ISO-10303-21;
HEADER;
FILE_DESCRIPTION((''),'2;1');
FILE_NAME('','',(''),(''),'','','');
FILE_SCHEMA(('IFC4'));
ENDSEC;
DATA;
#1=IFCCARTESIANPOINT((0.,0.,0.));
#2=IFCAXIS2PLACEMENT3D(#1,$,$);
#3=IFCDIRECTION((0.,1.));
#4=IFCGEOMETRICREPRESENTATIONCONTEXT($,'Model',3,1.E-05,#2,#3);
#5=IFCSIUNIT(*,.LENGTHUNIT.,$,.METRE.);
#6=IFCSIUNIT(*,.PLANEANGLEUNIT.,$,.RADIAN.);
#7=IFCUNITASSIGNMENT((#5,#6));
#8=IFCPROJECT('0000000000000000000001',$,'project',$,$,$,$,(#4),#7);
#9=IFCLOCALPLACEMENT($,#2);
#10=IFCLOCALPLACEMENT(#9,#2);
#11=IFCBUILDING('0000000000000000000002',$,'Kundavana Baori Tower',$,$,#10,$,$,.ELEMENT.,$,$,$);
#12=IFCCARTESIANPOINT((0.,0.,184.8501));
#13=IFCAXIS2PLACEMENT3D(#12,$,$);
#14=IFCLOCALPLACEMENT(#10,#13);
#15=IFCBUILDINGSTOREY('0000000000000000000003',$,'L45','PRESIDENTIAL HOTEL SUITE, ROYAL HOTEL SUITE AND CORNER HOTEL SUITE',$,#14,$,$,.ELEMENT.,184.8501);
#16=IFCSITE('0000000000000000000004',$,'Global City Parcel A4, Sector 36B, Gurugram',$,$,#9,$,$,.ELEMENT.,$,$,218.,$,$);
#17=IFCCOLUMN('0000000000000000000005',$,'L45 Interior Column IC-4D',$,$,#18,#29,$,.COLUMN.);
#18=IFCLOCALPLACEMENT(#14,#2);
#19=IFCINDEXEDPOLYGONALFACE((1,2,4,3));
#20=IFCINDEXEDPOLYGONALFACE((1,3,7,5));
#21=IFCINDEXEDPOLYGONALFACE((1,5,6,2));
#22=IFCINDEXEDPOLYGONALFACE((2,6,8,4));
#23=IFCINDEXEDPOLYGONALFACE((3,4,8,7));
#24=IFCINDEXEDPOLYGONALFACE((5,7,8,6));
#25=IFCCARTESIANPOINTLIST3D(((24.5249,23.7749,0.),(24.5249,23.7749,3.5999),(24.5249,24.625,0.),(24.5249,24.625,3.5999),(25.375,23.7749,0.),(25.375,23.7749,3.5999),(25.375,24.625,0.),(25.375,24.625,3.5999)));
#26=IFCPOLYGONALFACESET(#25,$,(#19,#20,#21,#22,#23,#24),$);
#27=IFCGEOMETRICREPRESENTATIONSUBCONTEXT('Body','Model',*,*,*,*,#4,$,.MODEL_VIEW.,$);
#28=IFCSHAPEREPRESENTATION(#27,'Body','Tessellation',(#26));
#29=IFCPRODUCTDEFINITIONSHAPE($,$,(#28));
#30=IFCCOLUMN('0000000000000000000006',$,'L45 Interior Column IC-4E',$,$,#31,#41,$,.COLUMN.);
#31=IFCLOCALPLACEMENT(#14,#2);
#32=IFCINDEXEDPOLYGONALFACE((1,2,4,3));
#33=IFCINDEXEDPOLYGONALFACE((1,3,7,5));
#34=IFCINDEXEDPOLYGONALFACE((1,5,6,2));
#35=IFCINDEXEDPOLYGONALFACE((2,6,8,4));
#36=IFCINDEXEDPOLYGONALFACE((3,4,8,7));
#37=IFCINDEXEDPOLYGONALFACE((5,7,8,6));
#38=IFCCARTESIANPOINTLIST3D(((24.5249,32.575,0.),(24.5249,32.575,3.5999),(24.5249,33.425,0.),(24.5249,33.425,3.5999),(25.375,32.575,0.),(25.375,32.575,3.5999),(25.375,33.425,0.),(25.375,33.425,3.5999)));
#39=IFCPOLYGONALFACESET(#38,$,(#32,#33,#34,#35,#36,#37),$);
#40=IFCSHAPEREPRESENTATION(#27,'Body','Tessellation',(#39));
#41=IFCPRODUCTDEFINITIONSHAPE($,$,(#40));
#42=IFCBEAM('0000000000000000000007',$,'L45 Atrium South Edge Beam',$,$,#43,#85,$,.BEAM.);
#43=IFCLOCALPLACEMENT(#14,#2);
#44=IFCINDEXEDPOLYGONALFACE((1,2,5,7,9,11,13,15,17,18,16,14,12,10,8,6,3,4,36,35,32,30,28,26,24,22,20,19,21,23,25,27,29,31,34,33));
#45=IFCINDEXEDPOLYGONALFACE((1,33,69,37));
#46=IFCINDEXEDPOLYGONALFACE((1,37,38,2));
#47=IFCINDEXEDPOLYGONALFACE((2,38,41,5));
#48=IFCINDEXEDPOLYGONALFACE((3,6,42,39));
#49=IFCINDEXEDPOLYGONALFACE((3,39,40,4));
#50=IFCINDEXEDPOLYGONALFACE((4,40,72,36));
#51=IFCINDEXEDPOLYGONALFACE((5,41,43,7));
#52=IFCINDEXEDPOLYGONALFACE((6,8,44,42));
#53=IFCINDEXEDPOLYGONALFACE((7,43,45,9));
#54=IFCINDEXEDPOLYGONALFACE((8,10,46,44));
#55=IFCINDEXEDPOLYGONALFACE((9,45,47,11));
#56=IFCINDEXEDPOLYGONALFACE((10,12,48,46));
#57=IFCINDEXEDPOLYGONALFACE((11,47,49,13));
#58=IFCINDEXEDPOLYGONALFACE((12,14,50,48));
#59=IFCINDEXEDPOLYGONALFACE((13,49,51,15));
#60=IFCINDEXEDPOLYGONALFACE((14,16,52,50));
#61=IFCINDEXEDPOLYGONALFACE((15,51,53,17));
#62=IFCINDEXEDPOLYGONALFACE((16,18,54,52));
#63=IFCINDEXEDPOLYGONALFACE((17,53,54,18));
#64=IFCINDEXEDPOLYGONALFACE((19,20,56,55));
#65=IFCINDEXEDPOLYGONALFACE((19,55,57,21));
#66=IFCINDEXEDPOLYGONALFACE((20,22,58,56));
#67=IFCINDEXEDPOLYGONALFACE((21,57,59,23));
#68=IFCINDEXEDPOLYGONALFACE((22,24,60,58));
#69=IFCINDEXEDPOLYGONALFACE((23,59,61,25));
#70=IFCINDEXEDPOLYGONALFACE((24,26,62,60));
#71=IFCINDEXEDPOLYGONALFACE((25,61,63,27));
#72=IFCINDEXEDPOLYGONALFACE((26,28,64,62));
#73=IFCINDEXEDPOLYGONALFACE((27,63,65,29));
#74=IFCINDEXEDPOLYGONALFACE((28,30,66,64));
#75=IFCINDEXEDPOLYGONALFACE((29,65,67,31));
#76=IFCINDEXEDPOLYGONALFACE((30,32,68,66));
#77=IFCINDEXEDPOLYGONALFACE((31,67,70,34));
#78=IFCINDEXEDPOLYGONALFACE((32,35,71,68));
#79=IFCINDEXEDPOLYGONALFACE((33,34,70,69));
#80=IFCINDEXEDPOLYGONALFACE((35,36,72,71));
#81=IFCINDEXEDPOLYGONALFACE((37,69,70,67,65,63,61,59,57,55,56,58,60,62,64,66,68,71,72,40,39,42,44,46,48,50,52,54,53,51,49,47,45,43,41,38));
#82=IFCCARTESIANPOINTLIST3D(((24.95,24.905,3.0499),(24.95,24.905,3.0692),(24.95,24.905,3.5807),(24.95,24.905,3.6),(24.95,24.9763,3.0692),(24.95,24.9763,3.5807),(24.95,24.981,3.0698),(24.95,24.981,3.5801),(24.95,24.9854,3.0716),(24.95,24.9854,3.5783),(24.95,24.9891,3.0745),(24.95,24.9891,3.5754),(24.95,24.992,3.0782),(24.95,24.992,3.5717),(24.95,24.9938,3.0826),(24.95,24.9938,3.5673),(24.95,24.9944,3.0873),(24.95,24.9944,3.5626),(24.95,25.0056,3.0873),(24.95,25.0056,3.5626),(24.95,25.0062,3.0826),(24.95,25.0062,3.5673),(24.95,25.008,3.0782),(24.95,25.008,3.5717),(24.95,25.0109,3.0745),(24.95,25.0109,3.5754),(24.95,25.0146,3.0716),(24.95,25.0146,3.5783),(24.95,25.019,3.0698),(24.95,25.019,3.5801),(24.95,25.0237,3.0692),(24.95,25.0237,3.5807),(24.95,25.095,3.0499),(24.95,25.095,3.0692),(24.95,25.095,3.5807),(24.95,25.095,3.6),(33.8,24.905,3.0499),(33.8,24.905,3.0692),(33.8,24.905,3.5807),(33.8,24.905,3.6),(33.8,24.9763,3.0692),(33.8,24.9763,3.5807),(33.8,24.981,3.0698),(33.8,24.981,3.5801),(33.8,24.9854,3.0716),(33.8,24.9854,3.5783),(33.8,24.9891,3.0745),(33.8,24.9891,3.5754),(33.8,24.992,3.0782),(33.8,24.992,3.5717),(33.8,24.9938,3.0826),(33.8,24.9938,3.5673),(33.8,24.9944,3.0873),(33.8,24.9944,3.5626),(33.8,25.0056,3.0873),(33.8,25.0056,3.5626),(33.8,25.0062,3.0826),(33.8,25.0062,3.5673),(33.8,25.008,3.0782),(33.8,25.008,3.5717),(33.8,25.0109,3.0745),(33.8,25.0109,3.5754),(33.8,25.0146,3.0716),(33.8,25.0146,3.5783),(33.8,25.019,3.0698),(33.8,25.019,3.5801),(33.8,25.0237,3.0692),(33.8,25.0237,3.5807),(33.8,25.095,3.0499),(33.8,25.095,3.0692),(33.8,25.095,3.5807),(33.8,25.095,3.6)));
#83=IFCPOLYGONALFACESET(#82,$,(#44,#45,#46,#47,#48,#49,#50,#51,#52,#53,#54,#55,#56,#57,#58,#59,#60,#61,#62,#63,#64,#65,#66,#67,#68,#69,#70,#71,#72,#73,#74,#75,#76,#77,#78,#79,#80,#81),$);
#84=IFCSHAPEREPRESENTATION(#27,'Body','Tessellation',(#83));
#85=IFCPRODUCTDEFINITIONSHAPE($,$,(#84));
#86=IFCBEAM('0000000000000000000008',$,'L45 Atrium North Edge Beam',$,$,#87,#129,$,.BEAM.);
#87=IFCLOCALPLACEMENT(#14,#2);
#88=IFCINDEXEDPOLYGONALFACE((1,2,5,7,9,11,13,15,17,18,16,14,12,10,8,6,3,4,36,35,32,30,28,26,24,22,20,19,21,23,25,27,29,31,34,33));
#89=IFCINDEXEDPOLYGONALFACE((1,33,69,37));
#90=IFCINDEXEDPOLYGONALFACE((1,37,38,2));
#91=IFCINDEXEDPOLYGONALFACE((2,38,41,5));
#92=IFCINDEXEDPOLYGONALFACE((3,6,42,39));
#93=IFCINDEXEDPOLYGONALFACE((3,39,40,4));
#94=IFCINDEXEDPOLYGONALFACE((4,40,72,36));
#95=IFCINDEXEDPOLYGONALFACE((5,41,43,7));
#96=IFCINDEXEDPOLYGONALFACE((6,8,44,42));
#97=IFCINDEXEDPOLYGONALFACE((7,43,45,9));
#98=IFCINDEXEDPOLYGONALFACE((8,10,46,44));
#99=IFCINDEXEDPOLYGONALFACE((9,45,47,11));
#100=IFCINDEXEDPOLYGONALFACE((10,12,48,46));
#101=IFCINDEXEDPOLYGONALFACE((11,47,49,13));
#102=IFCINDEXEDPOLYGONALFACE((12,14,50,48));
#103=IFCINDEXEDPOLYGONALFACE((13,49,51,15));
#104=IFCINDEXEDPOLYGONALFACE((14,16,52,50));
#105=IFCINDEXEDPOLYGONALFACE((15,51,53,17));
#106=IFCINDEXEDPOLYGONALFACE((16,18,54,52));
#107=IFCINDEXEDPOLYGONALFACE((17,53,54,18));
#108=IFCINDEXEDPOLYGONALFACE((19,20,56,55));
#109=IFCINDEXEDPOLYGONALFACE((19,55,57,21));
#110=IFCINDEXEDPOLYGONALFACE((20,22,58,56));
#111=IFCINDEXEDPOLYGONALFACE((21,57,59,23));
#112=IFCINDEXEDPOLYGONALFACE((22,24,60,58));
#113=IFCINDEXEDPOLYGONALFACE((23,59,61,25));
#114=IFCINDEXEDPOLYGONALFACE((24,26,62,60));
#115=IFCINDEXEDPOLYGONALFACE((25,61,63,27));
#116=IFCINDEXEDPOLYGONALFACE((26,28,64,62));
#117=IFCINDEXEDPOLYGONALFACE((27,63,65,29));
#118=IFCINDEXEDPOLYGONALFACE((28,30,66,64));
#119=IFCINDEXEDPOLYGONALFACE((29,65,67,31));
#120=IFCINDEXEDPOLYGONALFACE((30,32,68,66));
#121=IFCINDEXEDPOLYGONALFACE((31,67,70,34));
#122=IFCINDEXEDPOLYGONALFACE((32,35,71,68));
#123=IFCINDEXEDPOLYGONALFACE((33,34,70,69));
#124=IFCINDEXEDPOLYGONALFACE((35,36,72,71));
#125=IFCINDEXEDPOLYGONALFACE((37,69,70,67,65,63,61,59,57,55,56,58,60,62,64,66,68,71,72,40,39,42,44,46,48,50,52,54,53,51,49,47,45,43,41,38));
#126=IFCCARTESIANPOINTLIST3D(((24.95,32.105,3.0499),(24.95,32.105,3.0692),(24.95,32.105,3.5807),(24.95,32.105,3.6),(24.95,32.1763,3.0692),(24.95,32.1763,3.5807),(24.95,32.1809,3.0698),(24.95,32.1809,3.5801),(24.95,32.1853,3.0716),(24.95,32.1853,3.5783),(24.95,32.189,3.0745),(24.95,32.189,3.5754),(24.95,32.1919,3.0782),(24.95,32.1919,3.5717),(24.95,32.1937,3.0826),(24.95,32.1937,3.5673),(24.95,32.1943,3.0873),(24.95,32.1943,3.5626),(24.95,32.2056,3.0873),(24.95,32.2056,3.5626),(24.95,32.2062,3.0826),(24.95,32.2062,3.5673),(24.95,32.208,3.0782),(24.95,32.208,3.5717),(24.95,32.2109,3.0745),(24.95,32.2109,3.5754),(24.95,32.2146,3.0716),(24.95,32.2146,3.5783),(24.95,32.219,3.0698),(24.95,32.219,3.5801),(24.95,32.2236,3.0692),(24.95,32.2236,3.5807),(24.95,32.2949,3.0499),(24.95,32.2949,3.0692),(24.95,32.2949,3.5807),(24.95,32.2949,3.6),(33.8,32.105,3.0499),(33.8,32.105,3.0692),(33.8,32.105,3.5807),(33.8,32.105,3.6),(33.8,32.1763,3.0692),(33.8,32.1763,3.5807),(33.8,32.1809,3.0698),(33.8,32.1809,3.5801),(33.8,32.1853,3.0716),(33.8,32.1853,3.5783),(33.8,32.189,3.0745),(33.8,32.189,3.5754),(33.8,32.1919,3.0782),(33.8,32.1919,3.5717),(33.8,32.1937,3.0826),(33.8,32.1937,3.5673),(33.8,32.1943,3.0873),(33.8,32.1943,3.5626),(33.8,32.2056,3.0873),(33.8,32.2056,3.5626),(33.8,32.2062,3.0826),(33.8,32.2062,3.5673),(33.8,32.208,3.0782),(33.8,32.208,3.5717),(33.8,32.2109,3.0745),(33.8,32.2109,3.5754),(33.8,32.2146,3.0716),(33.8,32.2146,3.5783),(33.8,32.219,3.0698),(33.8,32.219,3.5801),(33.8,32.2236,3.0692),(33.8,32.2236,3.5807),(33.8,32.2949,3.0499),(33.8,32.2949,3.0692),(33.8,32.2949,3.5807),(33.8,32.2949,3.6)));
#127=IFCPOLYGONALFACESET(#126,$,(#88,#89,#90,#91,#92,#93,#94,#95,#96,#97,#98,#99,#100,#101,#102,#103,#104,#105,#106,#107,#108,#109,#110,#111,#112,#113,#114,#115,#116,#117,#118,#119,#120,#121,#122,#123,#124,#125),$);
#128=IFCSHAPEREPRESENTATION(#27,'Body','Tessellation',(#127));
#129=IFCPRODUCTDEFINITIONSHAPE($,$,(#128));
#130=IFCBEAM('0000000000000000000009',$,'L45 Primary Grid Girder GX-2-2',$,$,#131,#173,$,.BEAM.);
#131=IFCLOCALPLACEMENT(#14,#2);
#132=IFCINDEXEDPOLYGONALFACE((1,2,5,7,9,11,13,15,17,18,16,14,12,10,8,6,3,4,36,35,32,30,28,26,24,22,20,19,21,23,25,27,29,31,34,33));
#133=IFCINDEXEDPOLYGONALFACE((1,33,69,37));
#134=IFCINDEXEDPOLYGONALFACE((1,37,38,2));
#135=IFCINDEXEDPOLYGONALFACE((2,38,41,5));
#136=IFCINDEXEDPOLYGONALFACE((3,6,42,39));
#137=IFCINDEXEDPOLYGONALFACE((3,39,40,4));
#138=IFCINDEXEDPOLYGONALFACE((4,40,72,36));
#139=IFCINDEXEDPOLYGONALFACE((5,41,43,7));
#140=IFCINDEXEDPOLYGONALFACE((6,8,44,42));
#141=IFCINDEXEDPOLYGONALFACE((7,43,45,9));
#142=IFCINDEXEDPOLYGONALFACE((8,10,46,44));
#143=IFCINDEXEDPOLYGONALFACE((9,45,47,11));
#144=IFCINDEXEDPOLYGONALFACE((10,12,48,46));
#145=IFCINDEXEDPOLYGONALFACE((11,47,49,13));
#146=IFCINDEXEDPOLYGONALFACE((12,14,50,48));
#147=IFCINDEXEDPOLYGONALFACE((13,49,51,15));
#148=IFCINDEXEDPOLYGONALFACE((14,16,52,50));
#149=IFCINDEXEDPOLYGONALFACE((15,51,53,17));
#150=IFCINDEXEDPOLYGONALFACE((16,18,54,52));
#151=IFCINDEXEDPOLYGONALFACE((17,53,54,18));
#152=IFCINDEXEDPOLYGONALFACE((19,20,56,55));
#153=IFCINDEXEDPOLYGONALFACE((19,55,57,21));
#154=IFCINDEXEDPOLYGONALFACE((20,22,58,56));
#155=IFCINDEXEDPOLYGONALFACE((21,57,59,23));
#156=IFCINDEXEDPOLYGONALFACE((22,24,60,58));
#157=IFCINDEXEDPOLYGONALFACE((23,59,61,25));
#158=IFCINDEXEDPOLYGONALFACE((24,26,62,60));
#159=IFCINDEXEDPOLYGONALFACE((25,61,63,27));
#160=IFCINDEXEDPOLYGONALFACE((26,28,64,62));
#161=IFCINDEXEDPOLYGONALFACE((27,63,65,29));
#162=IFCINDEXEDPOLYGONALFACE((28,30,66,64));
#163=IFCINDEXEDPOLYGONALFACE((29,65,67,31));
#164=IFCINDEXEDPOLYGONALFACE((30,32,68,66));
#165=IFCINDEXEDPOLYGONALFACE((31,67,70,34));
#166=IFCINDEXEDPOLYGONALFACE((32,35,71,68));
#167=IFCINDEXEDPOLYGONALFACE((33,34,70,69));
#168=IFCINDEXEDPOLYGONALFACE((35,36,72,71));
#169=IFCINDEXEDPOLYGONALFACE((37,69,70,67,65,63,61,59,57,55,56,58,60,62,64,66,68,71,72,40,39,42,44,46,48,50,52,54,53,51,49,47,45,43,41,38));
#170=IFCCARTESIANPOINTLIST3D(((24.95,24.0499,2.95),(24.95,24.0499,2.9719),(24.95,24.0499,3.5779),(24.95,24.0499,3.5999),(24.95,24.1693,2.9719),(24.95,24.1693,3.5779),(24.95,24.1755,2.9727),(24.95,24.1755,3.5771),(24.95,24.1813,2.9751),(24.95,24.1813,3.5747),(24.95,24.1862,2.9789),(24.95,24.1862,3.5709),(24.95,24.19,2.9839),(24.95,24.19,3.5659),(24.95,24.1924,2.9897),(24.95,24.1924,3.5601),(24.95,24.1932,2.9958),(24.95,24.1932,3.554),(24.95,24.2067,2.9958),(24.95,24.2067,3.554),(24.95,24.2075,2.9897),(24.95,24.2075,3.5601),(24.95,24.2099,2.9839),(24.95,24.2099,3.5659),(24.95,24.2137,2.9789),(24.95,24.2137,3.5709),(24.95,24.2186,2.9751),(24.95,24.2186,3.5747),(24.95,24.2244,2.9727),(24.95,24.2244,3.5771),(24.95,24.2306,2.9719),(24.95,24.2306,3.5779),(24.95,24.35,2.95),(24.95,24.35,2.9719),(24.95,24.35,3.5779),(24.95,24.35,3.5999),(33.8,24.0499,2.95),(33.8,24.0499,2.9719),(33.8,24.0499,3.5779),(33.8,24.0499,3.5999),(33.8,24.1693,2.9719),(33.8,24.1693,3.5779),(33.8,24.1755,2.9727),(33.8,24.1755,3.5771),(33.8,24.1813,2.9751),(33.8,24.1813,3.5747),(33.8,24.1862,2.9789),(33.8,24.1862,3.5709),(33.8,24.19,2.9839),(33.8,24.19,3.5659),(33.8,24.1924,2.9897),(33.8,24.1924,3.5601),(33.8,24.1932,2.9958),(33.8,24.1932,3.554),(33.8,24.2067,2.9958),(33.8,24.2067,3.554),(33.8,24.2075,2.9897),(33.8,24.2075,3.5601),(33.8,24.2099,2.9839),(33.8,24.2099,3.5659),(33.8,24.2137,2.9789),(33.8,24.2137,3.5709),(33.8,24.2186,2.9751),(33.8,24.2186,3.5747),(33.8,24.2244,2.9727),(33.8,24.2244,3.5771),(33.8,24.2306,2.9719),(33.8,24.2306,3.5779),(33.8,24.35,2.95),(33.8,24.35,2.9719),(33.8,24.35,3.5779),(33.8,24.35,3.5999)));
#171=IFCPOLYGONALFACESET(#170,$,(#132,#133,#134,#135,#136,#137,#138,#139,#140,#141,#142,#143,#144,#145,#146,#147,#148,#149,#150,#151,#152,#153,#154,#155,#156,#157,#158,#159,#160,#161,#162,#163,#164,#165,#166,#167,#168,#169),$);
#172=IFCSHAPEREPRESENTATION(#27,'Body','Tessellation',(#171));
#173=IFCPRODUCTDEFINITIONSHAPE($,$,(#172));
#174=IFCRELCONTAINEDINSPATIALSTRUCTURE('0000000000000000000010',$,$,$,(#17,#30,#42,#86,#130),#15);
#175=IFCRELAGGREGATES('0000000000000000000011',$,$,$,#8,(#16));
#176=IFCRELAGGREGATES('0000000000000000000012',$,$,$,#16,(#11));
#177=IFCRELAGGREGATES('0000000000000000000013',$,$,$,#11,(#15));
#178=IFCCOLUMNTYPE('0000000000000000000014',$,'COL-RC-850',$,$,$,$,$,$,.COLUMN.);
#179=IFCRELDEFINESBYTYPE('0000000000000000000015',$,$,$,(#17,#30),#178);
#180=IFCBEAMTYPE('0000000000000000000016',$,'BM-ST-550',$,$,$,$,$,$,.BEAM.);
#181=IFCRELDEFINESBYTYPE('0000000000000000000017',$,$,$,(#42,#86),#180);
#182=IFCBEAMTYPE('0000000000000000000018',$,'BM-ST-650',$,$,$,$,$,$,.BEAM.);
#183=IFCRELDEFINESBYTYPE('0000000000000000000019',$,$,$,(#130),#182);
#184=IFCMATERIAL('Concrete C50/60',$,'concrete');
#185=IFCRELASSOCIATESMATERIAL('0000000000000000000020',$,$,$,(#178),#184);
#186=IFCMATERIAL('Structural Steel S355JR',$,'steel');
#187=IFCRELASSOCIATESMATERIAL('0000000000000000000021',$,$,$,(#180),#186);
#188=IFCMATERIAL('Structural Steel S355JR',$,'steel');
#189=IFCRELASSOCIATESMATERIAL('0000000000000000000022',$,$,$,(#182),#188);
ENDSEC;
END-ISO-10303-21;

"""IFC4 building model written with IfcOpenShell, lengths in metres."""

from ifc_helpers import new_model, si_unit, direction, frame, origin, origin_2d, place, context, subcontext, project, spatial, rectangle, i_section, extrude, material, material_profile, profile_set, type_object, element, save


model = new_model("IFC4")

# Units and contexts
model_context = context("Model", 3, precision=1e-05, world=origin(), true_north=direction((0.0, 1.0)))
body_context = subcontext(model_context, "Body", "Model", "MODEL_VIEW")
ifc_project = project(units=[si_unit("LENGTHUNIT", "METRE"), si_unit("PLANEANGLEUNIT", "RADIAN")], contexts=[model_context])

# Site, building, storey
site_placement = place(None, origin())
site = spatial("IfcSite", under=ifc_project, at=site_placement, Name="Global City Parcel A4, Sector 36B, Gurugram", CompositionType="ELEMENT", RefElevation=218.0)
building_placement = place(site_placement, origin())
building = spatial("IfcBuilding", under=site, at=building_placement, Name="Kundavana Baori Tower", CompositionType="ELEMENT")
storey_placement = place(building_placement, frame((0.0, 0.0, 184.8501)))
storey = spatial("IfcBuildingStorey", under=building, at=storey_placement, Name="L45", Description="PRESIDENTIAL HOTEL SUITE, ROYAL HOTEL SUITE AND CORNER HOTEL SUITE", CompositionType="ELEMENT", Elevation=184.8501)

# Columns
ifc_material_1 = material(Name="Concrete C50/60", Category="concrete")
ifc_material_profile_1 = material_profile(ifc_material_1, rectangle(XDim=0.8501, YDim=0.8501, at=origin_2d()), Name="RC 850x850")
ifc_profile_set_1 = profile_set([ifc_material_profile_1], Name="Concrete C50/60")
column_type = type_object("IfcColumnType", Name="COL-RC-850", PredefinedType="COLUMN", material=ifc_profile_set_1)
for number, where, z_axis, x_axis, name in (
    (1, (24.95, 24.2, 0.0), (0.0, 0.0, 1.0), (1.0, 0.0, 0.0), "L45 Interior Column IC-4D"),
    (2, (24.95, 33.0, 0.0), (0.0, 0.0, 1.0), (1.0, 0.0, 0.0), "L45 Interior Column IC-4E"),
):
    element("IfcColumn", number, at=place(storey_placement, frame(where, z_axis=z_axis, x_axis=x_axis)), inside=storey, type_object=column_type, Name=name, PredefinedType="COLUMN", context=body_context, shape_type="SweptSolid", body=[
        extrude(rectangle(XDim=0.8501, YDim=0.8501, at=origin_2d()), origin(), (0.0, 0.0, 1.0), 3.5999),
    ])

# Beams
ifc_material_2 = material(Name="Structural Steel S355JR", Category="steel")
ifc_material_profile_2 = material_profile(ifc_material_2, i_section(OverallWidth=0.1899, OverallDepth=0.55, WebThickness=0.0112, FlangeThickness=0.0193, FilletRadius=0.0181, at=origin_2d()), Name="ISMB 550")
ifc_profile_set_2 = profile_set([ifc_material_profile_2], Name="Structural Steel S355JR")
beam_type_1 = type_object("IfcBeamType", Name="BM-ST-550", PredefinedType="BEAM", material=ifc_profile_set_2)
for number, where, z_axis, x_axis, name in (
    (3, (24.95, 25.0, 3.325), (1.0, 0.0, 0.0), (0.0, 1.0, 0.0), "L45 Atrium South Edge Beam"),
    (4, (24.95, 32.2, 3.325), (1.0, 0.0, 0.0), (0.0, 1.0, 0.0), "L45 Atrium North Edge Beam"),
):
    element("IfcBeam", number, at=place(storey_placement, frame(where, z_axis=z_axis, x_axis=x_axis)), inside=storey, type_object=beam_type_1, Name=name, PredefinedType="BEAM", context=body_context, shape_type="SweptSolid", body=[
        extrude(i_section(OverallWidth=0.1899, OverallDepth=0.55, WebThickness=0.0112, FlangeThickness=0.0193, FilletRadius=0.0181, at=origin_2d()), origin(), (0.0, 0.0, 1.0), 8.8501),
    ])
ifc_material_3 = material(Name="Structural Steel S355JR", Category="steel")
ifc_material_profile_3 = material_profile(ifc_material_3, i_section(OverallWidth=0.3, OverallDepth=0.6499, WebThickness=0.0134, FlangeThickness=0.022, FilletRadius=0.0239, at=origin_2d()), Name="NPB 650x300x155")
ifc_profile_set_3 = profile_set([ifc_material_profile_3], Name="Structural Steel S355JR")
beam_type_2 = type_object("IfcBeamType", Name="BM-ST-650", PredefinedType="BEAM", material=ifc_profile_set_3)
for number, where, z_axis, x_axis, name in (
    (5, (24.95, 24.2, 3.2749), (1.0, 0.0, 0.0), (0.0, 1.0, 0.0), "L45 Primary Grid Girder GX-2-2"),
):
    element("IfcBeam", number, at=place(storey_placement, frame(where, z_axis=z_axis, x_axis=x_axis)), inside=storey, type_object=beam_type_2, Name=name, PredefinedType="BEAM", context=body_context, shape_type="SweptSolid", body=[
        extrude(i_section(OverallWidth=0.3, OverallDepth=0.6499, WebThickness=0.0134, FlangeThickness=0.022, FilletRadius=0.0239, at=origin_2d()), origin(), (0.0, 0.0, 1.0), 8.8501),
    ])

save(model, "model.ifc")
